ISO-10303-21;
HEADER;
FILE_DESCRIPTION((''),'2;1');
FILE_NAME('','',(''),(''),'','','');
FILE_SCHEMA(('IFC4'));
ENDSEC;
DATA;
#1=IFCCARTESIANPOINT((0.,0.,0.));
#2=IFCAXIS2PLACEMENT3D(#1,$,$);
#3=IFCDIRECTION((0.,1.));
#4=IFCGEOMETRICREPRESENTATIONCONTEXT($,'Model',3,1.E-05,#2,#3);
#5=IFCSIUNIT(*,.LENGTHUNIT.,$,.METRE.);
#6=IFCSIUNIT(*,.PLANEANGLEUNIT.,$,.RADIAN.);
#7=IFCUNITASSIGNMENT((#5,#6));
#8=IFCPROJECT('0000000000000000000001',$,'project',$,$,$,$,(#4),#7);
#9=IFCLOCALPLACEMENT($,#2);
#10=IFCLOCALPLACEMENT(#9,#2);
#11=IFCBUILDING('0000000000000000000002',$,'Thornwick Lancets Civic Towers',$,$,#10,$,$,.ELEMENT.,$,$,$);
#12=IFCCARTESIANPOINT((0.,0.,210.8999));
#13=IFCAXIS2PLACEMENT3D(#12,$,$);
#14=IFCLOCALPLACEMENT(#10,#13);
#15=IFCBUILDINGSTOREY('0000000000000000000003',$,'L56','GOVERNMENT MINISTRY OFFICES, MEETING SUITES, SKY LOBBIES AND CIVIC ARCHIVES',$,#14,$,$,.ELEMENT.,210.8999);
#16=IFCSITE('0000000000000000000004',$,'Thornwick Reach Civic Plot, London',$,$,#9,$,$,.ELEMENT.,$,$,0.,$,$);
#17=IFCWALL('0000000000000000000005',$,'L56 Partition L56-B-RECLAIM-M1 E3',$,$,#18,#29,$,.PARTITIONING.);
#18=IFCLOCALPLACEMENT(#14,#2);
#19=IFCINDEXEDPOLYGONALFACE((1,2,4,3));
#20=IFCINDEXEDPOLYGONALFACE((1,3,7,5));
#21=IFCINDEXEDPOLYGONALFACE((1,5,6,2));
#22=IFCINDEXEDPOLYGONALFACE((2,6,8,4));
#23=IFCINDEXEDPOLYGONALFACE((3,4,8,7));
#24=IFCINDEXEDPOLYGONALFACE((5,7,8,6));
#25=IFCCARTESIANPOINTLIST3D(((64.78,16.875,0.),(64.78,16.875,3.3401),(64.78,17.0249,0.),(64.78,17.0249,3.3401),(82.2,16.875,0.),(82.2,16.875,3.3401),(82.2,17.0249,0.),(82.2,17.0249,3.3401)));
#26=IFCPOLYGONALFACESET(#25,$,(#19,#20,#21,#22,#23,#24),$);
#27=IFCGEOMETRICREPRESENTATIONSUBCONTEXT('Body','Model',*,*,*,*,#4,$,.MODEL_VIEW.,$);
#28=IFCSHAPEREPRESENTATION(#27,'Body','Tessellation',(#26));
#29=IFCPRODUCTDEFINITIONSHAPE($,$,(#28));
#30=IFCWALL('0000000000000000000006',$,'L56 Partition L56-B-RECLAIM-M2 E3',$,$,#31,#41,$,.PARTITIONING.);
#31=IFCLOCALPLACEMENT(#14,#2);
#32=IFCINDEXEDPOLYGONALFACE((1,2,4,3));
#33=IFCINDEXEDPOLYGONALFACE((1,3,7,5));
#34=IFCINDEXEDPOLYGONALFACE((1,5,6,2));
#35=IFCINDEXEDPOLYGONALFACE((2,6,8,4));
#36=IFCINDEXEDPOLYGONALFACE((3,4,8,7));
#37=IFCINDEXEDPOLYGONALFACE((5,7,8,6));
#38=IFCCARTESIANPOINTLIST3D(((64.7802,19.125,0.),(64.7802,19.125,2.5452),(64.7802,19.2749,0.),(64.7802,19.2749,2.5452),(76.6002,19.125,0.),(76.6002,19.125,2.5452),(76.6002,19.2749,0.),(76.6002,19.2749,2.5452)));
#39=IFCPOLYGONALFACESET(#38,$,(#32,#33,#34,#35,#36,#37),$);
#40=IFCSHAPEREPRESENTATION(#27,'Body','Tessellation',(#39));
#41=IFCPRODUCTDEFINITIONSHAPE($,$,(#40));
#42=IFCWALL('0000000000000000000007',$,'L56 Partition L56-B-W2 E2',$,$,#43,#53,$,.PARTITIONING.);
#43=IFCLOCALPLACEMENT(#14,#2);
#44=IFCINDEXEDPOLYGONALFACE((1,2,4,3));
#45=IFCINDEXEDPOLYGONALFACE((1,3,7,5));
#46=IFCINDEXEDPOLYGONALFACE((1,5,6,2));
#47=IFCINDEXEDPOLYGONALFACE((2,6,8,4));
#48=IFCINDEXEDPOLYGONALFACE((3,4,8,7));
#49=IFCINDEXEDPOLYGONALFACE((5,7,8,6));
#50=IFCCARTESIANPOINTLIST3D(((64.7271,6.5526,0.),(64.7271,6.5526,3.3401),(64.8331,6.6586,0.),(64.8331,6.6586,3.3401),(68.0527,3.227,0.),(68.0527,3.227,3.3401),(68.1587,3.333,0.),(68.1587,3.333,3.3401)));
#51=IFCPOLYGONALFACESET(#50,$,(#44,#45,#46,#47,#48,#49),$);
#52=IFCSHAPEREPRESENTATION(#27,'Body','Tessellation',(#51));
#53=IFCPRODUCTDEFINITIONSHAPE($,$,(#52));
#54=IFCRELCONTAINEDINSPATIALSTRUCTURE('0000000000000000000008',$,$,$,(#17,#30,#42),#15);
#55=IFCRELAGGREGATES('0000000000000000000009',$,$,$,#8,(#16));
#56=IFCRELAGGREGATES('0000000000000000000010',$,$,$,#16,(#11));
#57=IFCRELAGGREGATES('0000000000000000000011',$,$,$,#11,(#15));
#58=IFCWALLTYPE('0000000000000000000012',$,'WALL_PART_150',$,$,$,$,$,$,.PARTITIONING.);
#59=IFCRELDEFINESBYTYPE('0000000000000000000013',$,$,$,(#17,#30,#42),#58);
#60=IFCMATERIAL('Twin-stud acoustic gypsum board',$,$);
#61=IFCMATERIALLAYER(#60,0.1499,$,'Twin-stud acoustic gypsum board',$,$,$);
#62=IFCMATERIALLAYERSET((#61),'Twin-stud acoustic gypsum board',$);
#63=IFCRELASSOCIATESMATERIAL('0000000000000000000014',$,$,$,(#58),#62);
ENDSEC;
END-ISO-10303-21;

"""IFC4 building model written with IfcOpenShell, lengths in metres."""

from ifc_helpers import new_model, si_unit, direction, frame, frame_2d, origin, place, context, subcontext, project, spatial, rectangle, extrude, material, layer, layer_set, type_object, element, save


model = new_model("IFC4")

# Units and contexts
model_context = context("Model", 3, precision=1e-05, world=origin(), true_north=direction((0.0, 1.0)))
body_context = subcontext(model_context, "Body", "Model", "MODEL_VIEW")
ifc_project = project(units=[si_unit("LENGTHUNIT", "METRE"), si_unit("PLANEANGLEUNIT", "RADIAN")], contexts=[model_context])

# Site, building, storey
site_placement = place(None, origin())
site = spatial("IfcSite", under=ifc_project, at=site_placement, Name="Thornwick Reach Civic Plot, London", CompositionType="ELEMENT", RefElevation=0.0)
building_placement = place(site_placement, origin())
building = spatial("IfcBuilding", under=site, at=building_placement, Name="Thornwick Lancets Civic Towers", CompositionType="ELEMENT")
storey_placement = place(building_placement, frame((0.0, 0.0, 210.8999)))
storey = spatial("IfcBuildingStorey", under=building, at=storey_placement, Name="L56", Description="GOVERNMENT MINISTRY OFFICES, MEETING SUITES, SKY LOBBIES AND CIVIC ARCHIVES", CompositionType="ELEMENT", Elevation=210.8999)

# Walls
ifc_material_1 = material(Name="Twin-stud acoustic gypsum board")
ifc_layer_1 = layer(ifc_material_1, 0.1499, Name="Twin-stud acoustic gypsum board")
ifc_layer_set_1 = layer_set([ifc_layer_1], Name="Twin-stud acoustic gypsum board")
wall_type_1 = type_object("IfcWallType", Name="WALL_PART_150", PredefinedType="PARTITIONING", material=ifc_layer_set_1)
wall_1_placement = place(storey_placement, frame((64.78, 16.95, 0.0), z_axis=(0.0, 0.0, 1.0), x_axis=(1.0, 0.0, 0.0)))
element("IfcWall", 1, at=wall_1_placement, inside=storey, type_object=wall_type_1, Name="L56 Partition L56-B-RECLAIM-M1 E3", PredefinedType="PARTITIONING", context=body_context, shape_type="SweptSolid", body=[
    extrude(rectangle(XDim=17.4199, YDim=0.1499, at=frame_2d((8.71, 0.0))), origin(), (0.0, 0.0, 1.0), 3.3401),
])
wall_2_placement = place(storey_placement, frame((64.78, 19.2, 0.0), z_axis=(0.0, 0.0, 1.0), x_axis=(1.0, 0.0, 0.0)))
element("IfcWall", 2, at=wall_2_placement, inside=storey, type_object=wall_type_1, Name="L56 Partition L56-B-RECLAIM-M2 E3", PredefinedType="PARTITIONING", context=body_context, shape_type="SweptSolid", body=[
    extrude(rectangle(XDim=11.8201, YDim=0.1499, at=frame_2d((5.9102, 0.0))), origin(), (0.0, 0.0, 1.0), 2.5452),
])
wall_3_placement = place(storey_placement, frame((68.1057, 3.28, 0.0), z_axis=(0.0, 0.0, 1.0), x_axis=(-0.707107, 0.707107, 0.0)))
element("IfcWall", 3, at=wall_3_placement, inside=storey, type_object=wall_type_1, Name="L56 Partition L56-B-W2 E2", PredefinedType="PARTITIONING", context=body_context, shape_type="SweptSolid", body=[
    extrude(rectangle(XDim=4.7031, YDim=0.1499, at=frame_2d((2.3516, 0.0))), origin(), (0.0, 0.0, 1.0), 3.3401),
])

save(model, "model.ifc")
